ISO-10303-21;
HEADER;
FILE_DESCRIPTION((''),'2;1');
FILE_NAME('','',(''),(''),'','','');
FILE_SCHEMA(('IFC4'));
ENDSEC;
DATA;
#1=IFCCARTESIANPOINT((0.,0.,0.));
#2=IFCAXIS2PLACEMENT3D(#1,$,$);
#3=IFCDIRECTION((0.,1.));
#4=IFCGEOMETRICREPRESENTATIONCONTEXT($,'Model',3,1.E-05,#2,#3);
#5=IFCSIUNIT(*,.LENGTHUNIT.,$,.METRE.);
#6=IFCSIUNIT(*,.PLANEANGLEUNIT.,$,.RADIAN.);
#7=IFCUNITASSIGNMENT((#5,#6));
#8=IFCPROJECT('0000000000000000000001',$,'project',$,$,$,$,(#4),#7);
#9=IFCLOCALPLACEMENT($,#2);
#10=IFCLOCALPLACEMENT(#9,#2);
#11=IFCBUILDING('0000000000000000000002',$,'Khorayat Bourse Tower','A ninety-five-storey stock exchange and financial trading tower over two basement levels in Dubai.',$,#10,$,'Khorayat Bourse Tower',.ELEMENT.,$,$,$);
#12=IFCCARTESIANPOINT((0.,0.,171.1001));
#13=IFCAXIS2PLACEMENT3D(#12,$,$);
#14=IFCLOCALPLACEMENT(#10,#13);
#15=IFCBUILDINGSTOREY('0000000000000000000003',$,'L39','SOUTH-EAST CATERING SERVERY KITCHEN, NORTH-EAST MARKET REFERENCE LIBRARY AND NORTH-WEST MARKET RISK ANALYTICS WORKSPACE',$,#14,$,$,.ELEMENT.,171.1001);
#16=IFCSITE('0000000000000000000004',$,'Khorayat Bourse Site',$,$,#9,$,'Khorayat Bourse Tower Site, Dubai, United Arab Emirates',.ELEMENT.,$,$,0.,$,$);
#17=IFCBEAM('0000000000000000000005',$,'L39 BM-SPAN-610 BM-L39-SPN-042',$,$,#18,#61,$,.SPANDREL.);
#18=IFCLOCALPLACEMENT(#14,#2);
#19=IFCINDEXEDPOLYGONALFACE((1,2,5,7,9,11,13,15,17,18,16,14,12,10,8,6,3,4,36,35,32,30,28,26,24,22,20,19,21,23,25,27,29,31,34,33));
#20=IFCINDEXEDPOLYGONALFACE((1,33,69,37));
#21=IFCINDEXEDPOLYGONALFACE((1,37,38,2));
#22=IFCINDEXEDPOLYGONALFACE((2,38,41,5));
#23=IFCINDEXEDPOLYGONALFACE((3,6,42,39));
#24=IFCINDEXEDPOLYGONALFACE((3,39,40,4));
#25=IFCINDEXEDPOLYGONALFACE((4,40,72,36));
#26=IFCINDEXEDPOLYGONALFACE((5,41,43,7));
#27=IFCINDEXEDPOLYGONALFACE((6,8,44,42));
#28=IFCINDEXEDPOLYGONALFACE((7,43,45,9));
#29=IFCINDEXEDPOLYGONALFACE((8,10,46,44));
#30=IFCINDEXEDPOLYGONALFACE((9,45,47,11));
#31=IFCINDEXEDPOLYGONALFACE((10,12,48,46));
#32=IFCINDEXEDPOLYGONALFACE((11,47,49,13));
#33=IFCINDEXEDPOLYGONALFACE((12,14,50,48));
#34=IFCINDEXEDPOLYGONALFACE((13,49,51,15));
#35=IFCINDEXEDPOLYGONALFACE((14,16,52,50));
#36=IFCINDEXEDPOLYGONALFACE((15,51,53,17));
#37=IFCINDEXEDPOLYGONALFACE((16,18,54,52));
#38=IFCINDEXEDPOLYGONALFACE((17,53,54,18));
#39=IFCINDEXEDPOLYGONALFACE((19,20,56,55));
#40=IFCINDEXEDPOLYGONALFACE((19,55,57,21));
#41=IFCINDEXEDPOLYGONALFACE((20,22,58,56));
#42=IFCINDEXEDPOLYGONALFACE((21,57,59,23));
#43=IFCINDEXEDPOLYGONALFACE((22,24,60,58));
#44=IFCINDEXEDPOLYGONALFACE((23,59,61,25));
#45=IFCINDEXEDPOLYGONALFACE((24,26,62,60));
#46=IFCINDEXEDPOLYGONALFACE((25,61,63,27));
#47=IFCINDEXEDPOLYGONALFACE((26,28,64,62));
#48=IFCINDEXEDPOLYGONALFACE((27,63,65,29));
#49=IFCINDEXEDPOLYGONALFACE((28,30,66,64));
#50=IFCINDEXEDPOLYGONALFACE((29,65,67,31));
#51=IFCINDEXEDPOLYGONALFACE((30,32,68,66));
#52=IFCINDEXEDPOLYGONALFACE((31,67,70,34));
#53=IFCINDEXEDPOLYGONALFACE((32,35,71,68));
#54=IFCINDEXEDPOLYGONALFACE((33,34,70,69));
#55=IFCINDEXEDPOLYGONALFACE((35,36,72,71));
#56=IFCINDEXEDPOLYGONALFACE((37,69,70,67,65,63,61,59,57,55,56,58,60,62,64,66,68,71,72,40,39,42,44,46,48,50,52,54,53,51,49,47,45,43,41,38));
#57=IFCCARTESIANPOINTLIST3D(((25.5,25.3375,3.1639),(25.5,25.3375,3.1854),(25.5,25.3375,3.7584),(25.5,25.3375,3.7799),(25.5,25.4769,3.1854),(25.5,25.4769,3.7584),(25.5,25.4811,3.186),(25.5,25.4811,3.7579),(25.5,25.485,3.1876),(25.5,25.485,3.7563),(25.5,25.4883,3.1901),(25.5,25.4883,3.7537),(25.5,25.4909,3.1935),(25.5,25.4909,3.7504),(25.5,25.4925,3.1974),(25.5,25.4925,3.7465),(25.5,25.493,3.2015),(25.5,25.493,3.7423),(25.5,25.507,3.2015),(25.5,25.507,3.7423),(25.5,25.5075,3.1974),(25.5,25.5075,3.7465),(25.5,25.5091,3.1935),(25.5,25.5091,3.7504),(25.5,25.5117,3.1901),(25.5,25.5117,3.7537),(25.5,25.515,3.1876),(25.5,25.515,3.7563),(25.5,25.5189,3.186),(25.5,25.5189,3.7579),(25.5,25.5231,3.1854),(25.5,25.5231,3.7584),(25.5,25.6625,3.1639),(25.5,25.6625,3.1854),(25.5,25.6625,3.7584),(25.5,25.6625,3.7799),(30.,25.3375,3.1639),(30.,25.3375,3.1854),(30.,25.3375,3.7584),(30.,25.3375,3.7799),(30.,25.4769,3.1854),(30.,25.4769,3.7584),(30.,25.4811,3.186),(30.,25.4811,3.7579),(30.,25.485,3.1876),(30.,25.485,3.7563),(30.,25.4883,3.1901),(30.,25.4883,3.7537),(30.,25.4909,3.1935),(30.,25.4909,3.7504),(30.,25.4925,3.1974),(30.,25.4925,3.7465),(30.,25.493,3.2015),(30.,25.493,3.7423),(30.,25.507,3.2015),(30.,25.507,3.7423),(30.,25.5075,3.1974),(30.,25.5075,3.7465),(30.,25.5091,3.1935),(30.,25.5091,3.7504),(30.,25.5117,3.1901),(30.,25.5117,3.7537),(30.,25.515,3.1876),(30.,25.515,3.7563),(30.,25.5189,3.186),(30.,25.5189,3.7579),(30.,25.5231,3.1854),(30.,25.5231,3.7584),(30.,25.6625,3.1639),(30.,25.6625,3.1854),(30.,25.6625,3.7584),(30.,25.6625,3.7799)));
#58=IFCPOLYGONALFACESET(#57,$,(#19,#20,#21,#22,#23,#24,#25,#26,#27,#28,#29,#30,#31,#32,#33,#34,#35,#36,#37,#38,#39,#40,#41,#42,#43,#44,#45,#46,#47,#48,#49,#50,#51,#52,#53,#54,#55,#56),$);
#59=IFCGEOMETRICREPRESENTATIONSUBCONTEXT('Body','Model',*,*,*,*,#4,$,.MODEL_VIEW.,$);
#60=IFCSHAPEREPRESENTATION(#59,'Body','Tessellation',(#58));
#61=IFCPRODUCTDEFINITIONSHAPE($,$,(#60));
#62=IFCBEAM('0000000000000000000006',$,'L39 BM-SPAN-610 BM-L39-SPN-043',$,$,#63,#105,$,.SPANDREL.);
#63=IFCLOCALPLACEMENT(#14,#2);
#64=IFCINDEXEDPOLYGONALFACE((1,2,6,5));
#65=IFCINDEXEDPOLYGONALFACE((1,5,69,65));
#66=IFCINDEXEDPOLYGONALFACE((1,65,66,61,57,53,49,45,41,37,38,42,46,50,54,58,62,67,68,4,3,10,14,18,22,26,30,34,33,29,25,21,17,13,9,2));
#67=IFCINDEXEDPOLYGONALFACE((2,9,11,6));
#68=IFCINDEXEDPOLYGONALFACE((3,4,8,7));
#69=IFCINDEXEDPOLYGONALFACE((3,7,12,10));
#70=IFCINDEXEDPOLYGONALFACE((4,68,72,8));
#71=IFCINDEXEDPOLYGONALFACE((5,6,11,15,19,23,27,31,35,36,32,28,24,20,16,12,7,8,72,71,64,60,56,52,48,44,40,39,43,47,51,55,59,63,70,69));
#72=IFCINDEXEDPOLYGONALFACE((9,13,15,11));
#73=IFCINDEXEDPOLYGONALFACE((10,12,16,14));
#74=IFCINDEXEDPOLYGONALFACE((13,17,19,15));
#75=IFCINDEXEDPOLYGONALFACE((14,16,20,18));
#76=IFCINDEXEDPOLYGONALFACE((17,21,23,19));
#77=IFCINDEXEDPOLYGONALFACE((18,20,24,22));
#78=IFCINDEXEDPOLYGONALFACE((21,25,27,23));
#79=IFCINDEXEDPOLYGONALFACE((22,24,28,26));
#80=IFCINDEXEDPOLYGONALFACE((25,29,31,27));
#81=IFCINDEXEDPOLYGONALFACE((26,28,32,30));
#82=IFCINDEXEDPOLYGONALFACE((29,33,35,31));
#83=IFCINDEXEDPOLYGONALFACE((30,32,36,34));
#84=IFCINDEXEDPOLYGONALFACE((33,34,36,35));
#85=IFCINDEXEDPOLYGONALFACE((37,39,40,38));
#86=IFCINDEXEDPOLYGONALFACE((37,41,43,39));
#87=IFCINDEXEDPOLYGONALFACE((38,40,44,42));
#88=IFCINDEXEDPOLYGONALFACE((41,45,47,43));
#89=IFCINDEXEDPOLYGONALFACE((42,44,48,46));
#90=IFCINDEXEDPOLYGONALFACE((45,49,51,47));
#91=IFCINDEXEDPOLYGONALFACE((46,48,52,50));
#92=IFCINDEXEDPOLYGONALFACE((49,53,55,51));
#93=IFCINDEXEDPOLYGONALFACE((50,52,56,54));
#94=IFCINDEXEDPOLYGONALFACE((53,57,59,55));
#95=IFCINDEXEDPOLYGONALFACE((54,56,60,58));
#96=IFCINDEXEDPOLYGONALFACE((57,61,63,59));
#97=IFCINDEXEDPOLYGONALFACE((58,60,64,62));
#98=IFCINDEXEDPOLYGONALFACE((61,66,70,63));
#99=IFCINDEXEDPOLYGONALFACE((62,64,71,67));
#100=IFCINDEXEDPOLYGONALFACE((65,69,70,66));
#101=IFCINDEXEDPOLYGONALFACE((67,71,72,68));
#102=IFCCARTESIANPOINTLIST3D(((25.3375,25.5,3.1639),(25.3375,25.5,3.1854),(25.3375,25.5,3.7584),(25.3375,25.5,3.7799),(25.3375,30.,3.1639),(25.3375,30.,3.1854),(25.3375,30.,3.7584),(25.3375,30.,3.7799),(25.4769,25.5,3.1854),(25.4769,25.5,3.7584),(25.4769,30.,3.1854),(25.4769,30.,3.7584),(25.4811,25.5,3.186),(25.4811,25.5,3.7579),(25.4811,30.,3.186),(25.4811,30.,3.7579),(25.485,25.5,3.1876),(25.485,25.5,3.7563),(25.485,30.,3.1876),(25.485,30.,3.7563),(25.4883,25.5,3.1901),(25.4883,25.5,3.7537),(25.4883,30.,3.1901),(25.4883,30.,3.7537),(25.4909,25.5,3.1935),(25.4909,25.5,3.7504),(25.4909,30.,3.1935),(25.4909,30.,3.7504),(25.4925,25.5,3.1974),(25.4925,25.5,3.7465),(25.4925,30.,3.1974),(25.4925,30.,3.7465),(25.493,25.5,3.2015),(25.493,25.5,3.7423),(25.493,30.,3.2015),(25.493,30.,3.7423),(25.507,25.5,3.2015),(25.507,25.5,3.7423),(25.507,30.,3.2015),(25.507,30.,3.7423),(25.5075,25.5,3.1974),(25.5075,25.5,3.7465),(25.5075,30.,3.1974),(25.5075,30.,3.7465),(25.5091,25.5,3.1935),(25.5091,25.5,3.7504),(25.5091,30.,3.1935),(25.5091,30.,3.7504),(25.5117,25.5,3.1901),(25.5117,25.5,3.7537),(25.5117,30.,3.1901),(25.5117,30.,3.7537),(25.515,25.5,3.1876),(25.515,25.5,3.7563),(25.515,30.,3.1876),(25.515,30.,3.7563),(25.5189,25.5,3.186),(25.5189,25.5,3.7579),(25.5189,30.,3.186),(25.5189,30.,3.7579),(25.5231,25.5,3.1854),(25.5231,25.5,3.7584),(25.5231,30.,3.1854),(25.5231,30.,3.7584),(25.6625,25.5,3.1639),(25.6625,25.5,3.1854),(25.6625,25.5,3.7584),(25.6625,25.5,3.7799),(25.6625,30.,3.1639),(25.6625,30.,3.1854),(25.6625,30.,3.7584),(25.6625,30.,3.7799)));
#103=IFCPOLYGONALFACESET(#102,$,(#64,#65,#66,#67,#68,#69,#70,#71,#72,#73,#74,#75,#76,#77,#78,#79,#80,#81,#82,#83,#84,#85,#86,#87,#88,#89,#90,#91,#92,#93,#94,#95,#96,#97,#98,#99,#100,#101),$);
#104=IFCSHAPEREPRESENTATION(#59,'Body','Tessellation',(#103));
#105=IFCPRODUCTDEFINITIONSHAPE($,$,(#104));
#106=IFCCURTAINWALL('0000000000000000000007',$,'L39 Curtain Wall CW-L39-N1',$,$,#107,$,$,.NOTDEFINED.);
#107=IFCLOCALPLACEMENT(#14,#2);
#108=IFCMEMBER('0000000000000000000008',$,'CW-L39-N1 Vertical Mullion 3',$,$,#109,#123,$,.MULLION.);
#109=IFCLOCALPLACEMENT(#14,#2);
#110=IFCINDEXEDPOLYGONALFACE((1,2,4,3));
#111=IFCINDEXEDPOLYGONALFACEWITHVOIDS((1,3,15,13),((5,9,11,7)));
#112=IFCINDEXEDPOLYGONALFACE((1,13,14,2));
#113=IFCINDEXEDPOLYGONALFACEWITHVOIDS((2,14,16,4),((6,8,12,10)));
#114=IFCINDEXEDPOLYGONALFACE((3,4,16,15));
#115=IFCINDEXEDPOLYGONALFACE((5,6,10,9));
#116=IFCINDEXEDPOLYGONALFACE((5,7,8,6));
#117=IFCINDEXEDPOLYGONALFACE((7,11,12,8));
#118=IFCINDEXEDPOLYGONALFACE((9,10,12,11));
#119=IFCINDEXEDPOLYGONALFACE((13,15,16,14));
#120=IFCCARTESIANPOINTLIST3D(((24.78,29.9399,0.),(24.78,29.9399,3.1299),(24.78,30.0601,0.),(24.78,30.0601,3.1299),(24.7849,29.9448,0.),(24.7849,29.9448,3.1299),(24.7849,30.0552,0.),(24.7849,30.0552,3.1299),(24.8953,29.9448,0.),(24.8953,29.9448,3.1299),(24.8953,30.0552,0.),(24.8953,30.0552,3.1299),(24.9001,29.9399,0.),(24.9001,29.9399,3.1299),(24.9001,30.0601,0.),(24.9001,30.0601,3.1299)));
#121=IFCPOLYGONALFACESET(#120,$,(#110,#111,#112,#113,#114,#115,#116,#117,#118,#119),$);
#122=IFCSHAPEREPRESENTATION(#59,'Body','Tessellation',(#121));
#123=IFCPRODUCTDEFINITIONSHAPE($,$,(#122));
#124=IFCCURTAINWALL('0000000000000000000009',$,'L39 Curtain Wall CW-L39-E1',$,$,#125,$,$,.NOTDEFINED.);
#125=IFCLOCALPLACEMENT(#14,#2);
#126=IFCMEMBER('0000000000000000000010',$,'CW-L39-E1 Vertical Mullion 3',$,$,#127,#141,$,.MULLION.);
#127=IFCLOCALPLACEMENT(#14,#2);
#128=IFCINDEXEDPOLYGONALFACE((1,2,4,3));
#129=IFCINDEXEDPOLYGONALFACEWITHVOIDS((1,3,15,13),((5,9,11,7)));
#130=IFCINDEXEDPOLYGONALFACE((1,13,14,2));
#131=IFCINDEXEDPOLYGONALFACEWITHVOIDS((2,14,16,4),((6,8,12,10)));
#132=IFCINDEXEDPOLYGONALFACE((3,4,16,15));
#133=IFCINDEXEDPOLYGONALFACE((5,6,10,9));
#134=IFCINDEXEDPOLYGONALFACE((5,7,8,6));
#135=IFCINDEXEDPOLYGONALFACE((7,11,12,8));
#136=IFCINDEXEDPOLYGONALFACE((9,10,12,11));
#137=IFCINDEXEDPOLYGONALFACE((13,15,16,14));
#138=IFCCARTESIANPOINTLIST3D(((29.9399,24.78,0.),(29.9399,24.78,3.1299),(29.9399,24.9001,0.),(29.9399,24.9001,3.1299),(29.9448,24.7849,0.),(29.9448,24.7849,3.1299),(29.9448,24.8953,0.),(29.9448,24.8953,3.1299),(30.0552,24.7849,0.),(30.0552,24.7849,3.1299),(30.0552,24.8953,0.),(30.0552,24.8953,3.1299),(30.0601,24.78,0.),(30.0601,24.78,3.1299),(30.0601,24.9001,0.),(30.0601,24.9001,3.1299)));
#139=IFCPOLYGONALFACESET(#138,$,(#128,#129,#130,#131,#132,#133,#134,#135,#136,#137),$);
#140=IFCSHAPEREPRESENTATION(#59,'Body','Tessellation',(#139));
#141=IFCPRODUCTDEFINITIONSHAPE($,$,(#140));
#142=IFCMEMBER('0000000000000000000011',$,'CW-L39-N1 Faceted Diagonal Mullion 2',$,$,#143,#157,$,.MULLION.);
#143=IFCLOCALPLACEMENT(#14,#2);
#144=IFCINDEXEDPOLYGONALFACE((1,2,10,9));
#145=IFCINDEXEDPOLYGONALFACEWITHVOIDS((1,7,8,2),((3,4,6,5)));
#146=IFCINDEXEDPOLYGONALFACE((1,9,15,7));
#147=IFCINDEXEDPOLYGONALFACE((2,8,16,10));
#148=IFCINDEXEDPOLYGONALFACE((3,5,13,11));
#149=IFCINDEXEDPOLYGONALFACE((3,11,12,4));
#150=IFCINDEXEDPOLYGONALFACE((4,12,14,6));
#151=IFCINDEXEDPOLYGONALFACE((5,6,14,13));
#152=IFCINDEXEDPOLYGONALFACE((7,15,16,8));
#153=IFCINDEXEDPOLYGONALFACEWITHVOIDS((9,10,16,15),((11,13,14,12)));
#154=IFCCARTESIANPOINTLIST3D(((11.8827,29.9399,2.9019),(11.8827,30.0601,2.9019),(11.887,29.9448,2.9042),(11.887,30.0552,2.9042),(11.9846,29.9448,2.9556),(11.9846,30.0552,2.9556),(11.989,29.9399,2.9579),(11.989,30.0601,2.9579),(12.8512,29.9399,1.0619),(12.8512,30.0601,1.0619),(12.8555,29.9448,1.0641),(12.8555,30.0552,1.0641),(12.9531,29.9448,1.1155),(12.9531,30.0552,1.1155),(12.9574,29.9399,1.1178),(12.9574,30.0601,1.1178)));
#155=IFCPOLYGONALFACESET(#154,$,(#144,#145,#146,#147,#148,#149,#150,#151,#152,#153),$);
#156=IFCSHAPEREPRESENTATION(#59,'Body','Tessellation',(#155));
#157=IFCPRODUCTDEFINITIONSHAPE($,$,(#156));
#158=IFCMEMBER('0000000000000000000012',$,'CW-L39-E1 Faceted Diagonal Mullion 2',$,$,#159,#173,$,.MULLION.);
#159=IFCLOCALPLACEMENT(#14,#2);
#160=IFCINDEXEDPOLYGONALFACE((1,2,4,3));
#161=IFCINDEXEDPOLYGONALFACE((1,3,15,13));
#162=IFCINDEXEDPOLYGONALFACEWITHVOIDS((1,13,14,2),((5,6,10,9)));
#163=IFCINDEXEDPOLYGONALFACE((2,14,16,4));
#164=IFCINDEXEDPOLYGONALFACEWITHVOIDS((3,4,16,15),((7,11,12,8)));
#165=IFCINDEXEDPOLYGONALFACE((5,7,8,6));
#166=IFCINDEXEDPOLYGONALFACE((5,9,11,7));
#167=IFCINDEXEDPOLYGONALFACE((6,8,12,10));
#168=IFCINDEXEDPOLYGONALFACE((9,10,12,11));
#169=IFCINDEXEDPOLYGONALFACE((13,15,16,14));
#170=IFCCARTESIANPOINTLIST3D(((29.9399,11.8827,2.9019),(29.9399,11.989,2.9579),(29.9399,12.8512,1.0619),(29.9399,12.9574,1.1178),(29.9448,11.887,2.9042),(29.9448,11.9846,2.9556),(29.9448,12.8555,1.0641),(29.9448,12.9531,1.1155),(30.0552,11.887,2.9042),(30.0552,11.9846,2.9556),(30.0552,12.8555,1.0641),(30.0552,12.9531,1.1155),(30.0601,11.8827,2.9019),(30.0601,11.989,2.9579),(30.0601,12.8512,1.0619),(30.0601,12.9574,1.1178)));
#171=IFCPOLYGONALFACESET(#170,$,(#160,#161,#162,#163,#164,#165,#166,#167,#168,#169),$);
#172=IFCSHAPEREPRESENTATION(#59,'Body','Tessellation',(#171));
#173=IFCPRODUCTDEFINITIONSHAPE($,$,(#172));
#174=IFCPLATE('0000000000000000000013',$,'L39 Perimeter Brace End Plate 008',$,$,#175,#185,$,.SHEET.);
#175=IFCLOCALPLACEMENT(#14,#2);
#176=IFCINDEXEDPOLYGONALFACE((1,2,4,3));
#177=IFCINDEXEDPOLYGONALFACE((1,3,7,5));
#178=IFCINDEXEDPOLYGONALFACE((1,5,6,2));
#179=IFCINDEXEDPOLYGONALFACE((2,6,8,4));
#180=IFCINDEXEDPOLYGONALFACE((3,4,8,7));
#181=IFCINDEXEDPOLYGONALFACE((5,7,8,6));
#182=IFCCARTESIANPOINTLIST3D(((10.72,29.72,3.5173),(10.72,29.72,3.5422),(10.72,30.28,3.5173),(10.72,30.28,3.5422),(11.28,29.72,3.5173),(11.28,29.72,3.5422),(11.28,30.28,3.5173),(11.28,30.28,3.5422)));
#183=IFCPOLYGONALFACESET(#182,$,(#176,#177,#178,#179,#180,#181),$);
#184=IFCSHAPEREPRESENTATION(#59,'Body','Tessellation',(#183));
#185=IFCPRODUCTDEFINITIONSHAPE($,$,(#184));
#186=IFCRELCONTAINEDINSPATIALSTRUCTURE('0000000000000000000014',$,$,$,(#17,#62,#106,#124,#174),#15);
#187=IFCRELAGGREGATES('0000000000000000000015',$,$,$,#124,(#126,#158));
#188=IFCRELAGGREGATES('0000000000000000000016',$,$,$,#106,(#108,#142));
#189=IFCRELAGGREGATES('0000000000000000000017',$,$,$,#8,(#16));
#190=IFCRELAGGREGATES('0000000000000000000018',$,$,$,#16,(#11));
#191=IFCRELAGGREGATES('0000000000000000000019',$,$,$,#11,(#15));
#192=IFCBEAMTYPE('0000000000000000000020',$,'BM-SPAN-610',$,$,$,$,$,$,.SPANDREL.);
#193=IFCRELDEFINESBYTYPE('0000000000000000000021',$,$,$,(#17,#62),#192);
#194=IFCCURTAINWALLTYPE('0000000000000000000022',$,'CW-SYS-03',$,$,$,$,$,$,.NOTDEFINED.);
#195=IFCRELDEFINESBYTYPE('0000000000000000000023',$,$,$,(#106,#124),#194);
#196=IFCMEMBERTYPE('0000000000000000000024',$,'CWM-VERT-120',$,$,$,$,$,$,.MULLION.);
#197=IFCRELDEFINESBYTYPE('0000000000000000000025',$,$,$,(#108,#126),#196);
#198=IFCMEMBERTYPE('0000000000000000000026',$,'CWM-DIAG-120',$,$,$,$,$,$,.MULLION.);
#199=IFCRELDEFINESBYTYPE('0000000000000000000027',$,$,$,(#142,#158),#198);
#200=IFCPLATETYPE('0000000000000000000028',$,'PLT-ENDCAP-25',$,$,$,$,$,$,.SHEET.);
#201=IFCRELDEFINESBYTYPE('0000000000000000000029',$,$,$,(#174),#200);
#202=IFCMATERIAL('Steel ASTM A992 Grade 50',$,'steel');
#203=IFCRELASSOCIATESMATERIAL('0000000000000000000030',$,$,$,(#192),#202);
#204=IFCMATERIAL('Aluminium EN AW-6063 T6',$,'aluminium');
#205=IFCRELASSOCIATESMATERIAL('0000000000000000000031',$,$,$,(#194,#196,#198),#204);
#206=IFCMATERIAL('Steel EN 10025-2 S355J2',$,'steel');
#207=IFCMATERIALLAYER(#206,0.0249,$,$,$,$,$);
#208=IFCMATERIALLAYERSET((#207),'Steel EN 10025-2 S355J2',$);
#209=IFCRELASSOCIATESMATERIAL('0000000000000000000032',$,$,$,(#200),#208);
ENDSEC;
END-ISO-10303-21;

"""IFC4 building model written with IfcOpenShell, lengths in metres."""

from ifc_helpers import new_model, si_unit, direction, frame, origin, origin_2d, place, context, subcontext, project, spatial, rectangle, hollow_rectangle, i_section, extrude, source, transform, mapped, material, layer, layer_set, material_profile, profile_set, type_object, element, aggregate, save


model = new_model("IFC4")

# Units and contexts
model_context = context("Model", 3, precision=1e-05, world=origin(), true_north=direction((0.0, 1.0)))
body_context = subcontext(model_context, "Body", "Model", "MODEL_VIEW")
ifc_project = project(units=[si_unit("LENGTHUNIT", "METRE"), si_unit("PLANEANGLEUNIT", "RADIAN")], contexts=[model_context])

# Site, building, storey
site_placement = place(None, origin())
site = spatial("IfcSite", under=ifc_project, at=site_placement, Name="Khorayat Bourse Site", LongName="Khorayat Bourse Tower Site, Dubai, United Arab Emirates", CompositionType="ELEMENT", RefElevation=0.0)
building_placement = place(site_placement, origin())
building = spatial("IfcBuilding", under=site, at=building_placement, Name="Khorayat Bourse Tower", Description="A ninety-five-storey stock exchange and financial trading tower over two basement levels in Dubai.", LongName="Khorayat Bourse Tower", CompositionType="ELEMENT")
storey_placement = place(building_placement, frame((0.0, 0.0, 171.1001)))
storey = spatial("IfcBuildingStorey", under=building, at=storey_placement, Name="L39", Description="SOUTH-EAST CATERING SERVERY KITCHEN, NORTH-EAST MARKET REFERENCE LIBRARY AND NORTH-WEST MARKET RISK ANALYTICS WORKSPACE", CompositionType="ELEMENT", Elevation=171.1001)

# Beams
ifc_material_1 = material(Name="Steel ASTM A992 Grade 50", Category="steel")
ifc_material_profile_1 = material_profile(ifc_material_1, i_section(OverallWidth=0.325, OverallDepth=0.616, WebThickness=0.0139, FlangeThickness=0.0215, FilletRadius=0.0161, at=origin_2d()), Name="W610X174")
ifc_profile_set_1 = profile_set([ifc_material_profile_1], Name="Steel ASTM A992 Grade 50")
beam_type_1 = type_object("IfcBeamType", Name="BM-SPAN-610", PredefinedType="SPANDREL", material=ifc_profile_set_1)
shared_shape_1 = source(origin(), body_context, "Body", "SweptSolid", [
    extrude(i_section(OverallWidth=0.325, OverallDepth=0.616, WebThickness=0.0139, FlangeThickness=0.0215, FilletRadius=0.0161, at=origin_2d()), origin(), (0.0, 0.0, 1.0), 4.5),
])
for number, where, z_axis, x_axis, name in (
    (1, (25.5, 25.5, 3.4719), (1.0, 0.0, 0.0), (0.0, 1.0, 0.0), "L39 BM-SPAN-610 BM-L39-SPN-042"),
    (2, (25.5, 25.5, 3.4719), (0.0, 1.0, 0.0), (-1.0, 0.0, 0.0), "L39 BM-SPAN-610 BM-L39-SPN-043"),
):
    element("IfcBeam", number, at=place(storey_placement, frame(where, z_axis=z_axis, x_axis=x_axis)), inside=storey, type_object=beam_type_1, Name=name, PredefinedType="SPANDREL", context=body_context, shape_type="MappedRepresentation", body=[
        mapped(shared_shape_1, transform((0.0, 0.0, 0.0), scale=1.0)),
    ])

# Curtain walls, members
ifc_material_2 = material(Name="Aluminium EN AW-6063 T6", Category="aluminium")
curtain_wall_type = type_object("IfcCurtainWallType", Name="CW-SYS-03", PredefinedType="NOTDEFINED", material=ifc_material_2)
curtain_wall_1_placement = place(storey_placement, origin())
curtain_wall_1 = element("IfcCurtainWall", 3, at=curtain_wall_1_placement, inside=storey, type_object=curtain_wall_type, Name="L39 Curtain Wall CW-L39-N1", PredefinedType="NOTDEFINED")
ifc_material_profile_2 = material_profile(ifc_material_2, hollow_rectangle(XDim=0.1201, YDim=0.1201, WallThickness=0.0049, at=origin_2d()), Name="ALU 120x120x5")
ifc_profile_set_2 = profile_set([ifc_material_profile_2], Name="Aluminium EN AW-6063 T6")
member_type_1 = type_object("IfcMemberType", Name="CWM-VERT-120", PredefinedType="MULLION", material=ifc_profile_set_2)
shared_shape_2 = source(origin(), body_context, "Body", "SweptSolid", [
    extrude(hollow_rectangle(XDim=0.1201, YDim=0.1201, WallThickness=0.0049, at=origin_2d()), origin(), (0.0, 0.0, 1.0), 3.1299),
])
member_1_placement = place(storey_placement, frame((24.8401, 30.0, 0.0), z_axis=(0.0, 0.0, 1.0), x_axis=(0.0, 1.0, 0.0)))
member_1 = element("IfcMember", 4, at=member_1_placement, type_object=member_type_1, Name="CW-L39-N1 Vertical Mullion 3", PredefinedType="MULLION", context=body_context, shape_type="MappedRepresentation", body=[
    mapped(shared_shape_2, transform((0.0, 0.0, 0.0), scale=1.0)),
])
curtain_wall_2_placement = place(storey_placement, origin())
curtain_wall_2 = element("IfcCurtainWall", 5, at=curtain_wall_2_placement, inside=storey, type_object=curtain_wall_type, Name="L39 Curtain Wall CW-L39-E1", PredefinedType="NOTDEFINED")
member_2_placement = place(storey_placement, frame((30.0, 24.8401, 0.0), z_axis=(0.0, 0.0, 1.0), x_axis=(-1.0, 0.0, 0.0)))
member_2 = element("IfcMember", 6, at=member_2_placement, type_object=member_type_1, Name="CW-L39-E1 Vertical Mullion 3", PredefinedType="MULLION", context=body_context, shape_type="MappedRepresentation", body=[
    mapped(shared_shape_2, transform((0.0, 0.0, 0.0), scale=1.0)),
])

# Members
ifc_material_profile_3 = material_profile(ifc_material_2, hollow_rectangle(XDim=0.1201, YDim=0.1201, WallThickness=0.0049, at=origin_2d()), Name="ALU 120x120x5")
ifc_profile_set_3 = profile_set([ifc_material_profile_3], Name="Aluminium EN AW-6063 T6")
member_type_2 = type_object("IfcMemberType", Name="CWM-DIAG-120", PredefinedType="MULLION", material=ifc_profile_set_3)
shared_shape_3 = source(origin(), body_context, "Body", "SweptSolid", [
    extrude(hollow_rectangle(XDim=0.1201, YDim=0.1201, WallThickness=0.0049, at=origin_2d()), origin(), (0.0, 0.0, 1.0), 2.0793),
])
member_3_placement = place(storey_placement, frame((12.9043, 30.0, 1.0898), z_axis=(-0.465761, 0.0, 0.884911), x_axis=(0.0, -1.0, 0.0)))
member_3 = element("IfcMember", 7, at=member_3_placement, type_object=member_type_2, Name="CW-L39-N1 Faceted Diagonal Mullion 2", PredefinedType="MULLION", context=body_context, shape_type="MappedRepresentation", body=[
    mapped(shared_shape_3, transform((0.0, 0.0, 0.0), scale=1.0)),
])
member_4_placement = place(storey_placement, frame((30.0, 12.9043, 1.0898), z_axis=(0.0, -0.465761, 0.884911), x_axis=(1.0, 0.0, 0.0)))
member_4 = element("IfcMember", 8, at=member_4_placement, type_object=member_type_2, Name="CW-L39-E1 Faceted Diagonal Mullion 2", PredefinedType="MULLION", context=body_context, shape_type="MappedRepresentation", body=[
    mapped(shared_shape_3, transform((0.0, 0.0, 0.0), scale=1.0)),
])
aggregate(curtain_wall_2, [member_2, member_4])

# Plate
ifc_material_3 = material(Name="Steel EN 10025-2 S355J2", Category="steel")
ifc_layer_1 = layer(ifc_material_3, 0.0249)
ifc_layer_set_1 = layer_set([ifc_layer_1], Name="Steel EN 10025-2 S355J2")
plate_type_1 = type_object("IfcPlateType", Name="PLT-ENDCAP-25", PredefinedType="SHEET", material=ifc_layer_set_1)
shared_shape_4 = source(origin(), body_context, "Body", "SweptSolid", [
    extrude(rectangle(XDim=0.5601, YDim=0.5601, at=origin_2d()), origin(), (0.0, 0.0, 1.0), 0.0249),
])
plate_1_placement = place(storey_placement, frame((11.0, 30.0, 3.5173), z_axis=(0.0, 0.0, 1.0), x_axis=(1.0, 0.0, 0.0)))
element("IfcPlate", 9, at=plate_1_placement, inside=storey, type_object=plate_type_1, Name="L39 Perimeter Brace End Plate 008", PredefinedType="SHEET", context=body_context, shape_type="MappedRepresentation", body=[
    mapped(shared_shape_4, transform((0.0, 0.0, 0.0), scale=1.0)),
])
aggregate(curtain_wall_1, [member_1, member_3])

save(model, "model.ifc")
